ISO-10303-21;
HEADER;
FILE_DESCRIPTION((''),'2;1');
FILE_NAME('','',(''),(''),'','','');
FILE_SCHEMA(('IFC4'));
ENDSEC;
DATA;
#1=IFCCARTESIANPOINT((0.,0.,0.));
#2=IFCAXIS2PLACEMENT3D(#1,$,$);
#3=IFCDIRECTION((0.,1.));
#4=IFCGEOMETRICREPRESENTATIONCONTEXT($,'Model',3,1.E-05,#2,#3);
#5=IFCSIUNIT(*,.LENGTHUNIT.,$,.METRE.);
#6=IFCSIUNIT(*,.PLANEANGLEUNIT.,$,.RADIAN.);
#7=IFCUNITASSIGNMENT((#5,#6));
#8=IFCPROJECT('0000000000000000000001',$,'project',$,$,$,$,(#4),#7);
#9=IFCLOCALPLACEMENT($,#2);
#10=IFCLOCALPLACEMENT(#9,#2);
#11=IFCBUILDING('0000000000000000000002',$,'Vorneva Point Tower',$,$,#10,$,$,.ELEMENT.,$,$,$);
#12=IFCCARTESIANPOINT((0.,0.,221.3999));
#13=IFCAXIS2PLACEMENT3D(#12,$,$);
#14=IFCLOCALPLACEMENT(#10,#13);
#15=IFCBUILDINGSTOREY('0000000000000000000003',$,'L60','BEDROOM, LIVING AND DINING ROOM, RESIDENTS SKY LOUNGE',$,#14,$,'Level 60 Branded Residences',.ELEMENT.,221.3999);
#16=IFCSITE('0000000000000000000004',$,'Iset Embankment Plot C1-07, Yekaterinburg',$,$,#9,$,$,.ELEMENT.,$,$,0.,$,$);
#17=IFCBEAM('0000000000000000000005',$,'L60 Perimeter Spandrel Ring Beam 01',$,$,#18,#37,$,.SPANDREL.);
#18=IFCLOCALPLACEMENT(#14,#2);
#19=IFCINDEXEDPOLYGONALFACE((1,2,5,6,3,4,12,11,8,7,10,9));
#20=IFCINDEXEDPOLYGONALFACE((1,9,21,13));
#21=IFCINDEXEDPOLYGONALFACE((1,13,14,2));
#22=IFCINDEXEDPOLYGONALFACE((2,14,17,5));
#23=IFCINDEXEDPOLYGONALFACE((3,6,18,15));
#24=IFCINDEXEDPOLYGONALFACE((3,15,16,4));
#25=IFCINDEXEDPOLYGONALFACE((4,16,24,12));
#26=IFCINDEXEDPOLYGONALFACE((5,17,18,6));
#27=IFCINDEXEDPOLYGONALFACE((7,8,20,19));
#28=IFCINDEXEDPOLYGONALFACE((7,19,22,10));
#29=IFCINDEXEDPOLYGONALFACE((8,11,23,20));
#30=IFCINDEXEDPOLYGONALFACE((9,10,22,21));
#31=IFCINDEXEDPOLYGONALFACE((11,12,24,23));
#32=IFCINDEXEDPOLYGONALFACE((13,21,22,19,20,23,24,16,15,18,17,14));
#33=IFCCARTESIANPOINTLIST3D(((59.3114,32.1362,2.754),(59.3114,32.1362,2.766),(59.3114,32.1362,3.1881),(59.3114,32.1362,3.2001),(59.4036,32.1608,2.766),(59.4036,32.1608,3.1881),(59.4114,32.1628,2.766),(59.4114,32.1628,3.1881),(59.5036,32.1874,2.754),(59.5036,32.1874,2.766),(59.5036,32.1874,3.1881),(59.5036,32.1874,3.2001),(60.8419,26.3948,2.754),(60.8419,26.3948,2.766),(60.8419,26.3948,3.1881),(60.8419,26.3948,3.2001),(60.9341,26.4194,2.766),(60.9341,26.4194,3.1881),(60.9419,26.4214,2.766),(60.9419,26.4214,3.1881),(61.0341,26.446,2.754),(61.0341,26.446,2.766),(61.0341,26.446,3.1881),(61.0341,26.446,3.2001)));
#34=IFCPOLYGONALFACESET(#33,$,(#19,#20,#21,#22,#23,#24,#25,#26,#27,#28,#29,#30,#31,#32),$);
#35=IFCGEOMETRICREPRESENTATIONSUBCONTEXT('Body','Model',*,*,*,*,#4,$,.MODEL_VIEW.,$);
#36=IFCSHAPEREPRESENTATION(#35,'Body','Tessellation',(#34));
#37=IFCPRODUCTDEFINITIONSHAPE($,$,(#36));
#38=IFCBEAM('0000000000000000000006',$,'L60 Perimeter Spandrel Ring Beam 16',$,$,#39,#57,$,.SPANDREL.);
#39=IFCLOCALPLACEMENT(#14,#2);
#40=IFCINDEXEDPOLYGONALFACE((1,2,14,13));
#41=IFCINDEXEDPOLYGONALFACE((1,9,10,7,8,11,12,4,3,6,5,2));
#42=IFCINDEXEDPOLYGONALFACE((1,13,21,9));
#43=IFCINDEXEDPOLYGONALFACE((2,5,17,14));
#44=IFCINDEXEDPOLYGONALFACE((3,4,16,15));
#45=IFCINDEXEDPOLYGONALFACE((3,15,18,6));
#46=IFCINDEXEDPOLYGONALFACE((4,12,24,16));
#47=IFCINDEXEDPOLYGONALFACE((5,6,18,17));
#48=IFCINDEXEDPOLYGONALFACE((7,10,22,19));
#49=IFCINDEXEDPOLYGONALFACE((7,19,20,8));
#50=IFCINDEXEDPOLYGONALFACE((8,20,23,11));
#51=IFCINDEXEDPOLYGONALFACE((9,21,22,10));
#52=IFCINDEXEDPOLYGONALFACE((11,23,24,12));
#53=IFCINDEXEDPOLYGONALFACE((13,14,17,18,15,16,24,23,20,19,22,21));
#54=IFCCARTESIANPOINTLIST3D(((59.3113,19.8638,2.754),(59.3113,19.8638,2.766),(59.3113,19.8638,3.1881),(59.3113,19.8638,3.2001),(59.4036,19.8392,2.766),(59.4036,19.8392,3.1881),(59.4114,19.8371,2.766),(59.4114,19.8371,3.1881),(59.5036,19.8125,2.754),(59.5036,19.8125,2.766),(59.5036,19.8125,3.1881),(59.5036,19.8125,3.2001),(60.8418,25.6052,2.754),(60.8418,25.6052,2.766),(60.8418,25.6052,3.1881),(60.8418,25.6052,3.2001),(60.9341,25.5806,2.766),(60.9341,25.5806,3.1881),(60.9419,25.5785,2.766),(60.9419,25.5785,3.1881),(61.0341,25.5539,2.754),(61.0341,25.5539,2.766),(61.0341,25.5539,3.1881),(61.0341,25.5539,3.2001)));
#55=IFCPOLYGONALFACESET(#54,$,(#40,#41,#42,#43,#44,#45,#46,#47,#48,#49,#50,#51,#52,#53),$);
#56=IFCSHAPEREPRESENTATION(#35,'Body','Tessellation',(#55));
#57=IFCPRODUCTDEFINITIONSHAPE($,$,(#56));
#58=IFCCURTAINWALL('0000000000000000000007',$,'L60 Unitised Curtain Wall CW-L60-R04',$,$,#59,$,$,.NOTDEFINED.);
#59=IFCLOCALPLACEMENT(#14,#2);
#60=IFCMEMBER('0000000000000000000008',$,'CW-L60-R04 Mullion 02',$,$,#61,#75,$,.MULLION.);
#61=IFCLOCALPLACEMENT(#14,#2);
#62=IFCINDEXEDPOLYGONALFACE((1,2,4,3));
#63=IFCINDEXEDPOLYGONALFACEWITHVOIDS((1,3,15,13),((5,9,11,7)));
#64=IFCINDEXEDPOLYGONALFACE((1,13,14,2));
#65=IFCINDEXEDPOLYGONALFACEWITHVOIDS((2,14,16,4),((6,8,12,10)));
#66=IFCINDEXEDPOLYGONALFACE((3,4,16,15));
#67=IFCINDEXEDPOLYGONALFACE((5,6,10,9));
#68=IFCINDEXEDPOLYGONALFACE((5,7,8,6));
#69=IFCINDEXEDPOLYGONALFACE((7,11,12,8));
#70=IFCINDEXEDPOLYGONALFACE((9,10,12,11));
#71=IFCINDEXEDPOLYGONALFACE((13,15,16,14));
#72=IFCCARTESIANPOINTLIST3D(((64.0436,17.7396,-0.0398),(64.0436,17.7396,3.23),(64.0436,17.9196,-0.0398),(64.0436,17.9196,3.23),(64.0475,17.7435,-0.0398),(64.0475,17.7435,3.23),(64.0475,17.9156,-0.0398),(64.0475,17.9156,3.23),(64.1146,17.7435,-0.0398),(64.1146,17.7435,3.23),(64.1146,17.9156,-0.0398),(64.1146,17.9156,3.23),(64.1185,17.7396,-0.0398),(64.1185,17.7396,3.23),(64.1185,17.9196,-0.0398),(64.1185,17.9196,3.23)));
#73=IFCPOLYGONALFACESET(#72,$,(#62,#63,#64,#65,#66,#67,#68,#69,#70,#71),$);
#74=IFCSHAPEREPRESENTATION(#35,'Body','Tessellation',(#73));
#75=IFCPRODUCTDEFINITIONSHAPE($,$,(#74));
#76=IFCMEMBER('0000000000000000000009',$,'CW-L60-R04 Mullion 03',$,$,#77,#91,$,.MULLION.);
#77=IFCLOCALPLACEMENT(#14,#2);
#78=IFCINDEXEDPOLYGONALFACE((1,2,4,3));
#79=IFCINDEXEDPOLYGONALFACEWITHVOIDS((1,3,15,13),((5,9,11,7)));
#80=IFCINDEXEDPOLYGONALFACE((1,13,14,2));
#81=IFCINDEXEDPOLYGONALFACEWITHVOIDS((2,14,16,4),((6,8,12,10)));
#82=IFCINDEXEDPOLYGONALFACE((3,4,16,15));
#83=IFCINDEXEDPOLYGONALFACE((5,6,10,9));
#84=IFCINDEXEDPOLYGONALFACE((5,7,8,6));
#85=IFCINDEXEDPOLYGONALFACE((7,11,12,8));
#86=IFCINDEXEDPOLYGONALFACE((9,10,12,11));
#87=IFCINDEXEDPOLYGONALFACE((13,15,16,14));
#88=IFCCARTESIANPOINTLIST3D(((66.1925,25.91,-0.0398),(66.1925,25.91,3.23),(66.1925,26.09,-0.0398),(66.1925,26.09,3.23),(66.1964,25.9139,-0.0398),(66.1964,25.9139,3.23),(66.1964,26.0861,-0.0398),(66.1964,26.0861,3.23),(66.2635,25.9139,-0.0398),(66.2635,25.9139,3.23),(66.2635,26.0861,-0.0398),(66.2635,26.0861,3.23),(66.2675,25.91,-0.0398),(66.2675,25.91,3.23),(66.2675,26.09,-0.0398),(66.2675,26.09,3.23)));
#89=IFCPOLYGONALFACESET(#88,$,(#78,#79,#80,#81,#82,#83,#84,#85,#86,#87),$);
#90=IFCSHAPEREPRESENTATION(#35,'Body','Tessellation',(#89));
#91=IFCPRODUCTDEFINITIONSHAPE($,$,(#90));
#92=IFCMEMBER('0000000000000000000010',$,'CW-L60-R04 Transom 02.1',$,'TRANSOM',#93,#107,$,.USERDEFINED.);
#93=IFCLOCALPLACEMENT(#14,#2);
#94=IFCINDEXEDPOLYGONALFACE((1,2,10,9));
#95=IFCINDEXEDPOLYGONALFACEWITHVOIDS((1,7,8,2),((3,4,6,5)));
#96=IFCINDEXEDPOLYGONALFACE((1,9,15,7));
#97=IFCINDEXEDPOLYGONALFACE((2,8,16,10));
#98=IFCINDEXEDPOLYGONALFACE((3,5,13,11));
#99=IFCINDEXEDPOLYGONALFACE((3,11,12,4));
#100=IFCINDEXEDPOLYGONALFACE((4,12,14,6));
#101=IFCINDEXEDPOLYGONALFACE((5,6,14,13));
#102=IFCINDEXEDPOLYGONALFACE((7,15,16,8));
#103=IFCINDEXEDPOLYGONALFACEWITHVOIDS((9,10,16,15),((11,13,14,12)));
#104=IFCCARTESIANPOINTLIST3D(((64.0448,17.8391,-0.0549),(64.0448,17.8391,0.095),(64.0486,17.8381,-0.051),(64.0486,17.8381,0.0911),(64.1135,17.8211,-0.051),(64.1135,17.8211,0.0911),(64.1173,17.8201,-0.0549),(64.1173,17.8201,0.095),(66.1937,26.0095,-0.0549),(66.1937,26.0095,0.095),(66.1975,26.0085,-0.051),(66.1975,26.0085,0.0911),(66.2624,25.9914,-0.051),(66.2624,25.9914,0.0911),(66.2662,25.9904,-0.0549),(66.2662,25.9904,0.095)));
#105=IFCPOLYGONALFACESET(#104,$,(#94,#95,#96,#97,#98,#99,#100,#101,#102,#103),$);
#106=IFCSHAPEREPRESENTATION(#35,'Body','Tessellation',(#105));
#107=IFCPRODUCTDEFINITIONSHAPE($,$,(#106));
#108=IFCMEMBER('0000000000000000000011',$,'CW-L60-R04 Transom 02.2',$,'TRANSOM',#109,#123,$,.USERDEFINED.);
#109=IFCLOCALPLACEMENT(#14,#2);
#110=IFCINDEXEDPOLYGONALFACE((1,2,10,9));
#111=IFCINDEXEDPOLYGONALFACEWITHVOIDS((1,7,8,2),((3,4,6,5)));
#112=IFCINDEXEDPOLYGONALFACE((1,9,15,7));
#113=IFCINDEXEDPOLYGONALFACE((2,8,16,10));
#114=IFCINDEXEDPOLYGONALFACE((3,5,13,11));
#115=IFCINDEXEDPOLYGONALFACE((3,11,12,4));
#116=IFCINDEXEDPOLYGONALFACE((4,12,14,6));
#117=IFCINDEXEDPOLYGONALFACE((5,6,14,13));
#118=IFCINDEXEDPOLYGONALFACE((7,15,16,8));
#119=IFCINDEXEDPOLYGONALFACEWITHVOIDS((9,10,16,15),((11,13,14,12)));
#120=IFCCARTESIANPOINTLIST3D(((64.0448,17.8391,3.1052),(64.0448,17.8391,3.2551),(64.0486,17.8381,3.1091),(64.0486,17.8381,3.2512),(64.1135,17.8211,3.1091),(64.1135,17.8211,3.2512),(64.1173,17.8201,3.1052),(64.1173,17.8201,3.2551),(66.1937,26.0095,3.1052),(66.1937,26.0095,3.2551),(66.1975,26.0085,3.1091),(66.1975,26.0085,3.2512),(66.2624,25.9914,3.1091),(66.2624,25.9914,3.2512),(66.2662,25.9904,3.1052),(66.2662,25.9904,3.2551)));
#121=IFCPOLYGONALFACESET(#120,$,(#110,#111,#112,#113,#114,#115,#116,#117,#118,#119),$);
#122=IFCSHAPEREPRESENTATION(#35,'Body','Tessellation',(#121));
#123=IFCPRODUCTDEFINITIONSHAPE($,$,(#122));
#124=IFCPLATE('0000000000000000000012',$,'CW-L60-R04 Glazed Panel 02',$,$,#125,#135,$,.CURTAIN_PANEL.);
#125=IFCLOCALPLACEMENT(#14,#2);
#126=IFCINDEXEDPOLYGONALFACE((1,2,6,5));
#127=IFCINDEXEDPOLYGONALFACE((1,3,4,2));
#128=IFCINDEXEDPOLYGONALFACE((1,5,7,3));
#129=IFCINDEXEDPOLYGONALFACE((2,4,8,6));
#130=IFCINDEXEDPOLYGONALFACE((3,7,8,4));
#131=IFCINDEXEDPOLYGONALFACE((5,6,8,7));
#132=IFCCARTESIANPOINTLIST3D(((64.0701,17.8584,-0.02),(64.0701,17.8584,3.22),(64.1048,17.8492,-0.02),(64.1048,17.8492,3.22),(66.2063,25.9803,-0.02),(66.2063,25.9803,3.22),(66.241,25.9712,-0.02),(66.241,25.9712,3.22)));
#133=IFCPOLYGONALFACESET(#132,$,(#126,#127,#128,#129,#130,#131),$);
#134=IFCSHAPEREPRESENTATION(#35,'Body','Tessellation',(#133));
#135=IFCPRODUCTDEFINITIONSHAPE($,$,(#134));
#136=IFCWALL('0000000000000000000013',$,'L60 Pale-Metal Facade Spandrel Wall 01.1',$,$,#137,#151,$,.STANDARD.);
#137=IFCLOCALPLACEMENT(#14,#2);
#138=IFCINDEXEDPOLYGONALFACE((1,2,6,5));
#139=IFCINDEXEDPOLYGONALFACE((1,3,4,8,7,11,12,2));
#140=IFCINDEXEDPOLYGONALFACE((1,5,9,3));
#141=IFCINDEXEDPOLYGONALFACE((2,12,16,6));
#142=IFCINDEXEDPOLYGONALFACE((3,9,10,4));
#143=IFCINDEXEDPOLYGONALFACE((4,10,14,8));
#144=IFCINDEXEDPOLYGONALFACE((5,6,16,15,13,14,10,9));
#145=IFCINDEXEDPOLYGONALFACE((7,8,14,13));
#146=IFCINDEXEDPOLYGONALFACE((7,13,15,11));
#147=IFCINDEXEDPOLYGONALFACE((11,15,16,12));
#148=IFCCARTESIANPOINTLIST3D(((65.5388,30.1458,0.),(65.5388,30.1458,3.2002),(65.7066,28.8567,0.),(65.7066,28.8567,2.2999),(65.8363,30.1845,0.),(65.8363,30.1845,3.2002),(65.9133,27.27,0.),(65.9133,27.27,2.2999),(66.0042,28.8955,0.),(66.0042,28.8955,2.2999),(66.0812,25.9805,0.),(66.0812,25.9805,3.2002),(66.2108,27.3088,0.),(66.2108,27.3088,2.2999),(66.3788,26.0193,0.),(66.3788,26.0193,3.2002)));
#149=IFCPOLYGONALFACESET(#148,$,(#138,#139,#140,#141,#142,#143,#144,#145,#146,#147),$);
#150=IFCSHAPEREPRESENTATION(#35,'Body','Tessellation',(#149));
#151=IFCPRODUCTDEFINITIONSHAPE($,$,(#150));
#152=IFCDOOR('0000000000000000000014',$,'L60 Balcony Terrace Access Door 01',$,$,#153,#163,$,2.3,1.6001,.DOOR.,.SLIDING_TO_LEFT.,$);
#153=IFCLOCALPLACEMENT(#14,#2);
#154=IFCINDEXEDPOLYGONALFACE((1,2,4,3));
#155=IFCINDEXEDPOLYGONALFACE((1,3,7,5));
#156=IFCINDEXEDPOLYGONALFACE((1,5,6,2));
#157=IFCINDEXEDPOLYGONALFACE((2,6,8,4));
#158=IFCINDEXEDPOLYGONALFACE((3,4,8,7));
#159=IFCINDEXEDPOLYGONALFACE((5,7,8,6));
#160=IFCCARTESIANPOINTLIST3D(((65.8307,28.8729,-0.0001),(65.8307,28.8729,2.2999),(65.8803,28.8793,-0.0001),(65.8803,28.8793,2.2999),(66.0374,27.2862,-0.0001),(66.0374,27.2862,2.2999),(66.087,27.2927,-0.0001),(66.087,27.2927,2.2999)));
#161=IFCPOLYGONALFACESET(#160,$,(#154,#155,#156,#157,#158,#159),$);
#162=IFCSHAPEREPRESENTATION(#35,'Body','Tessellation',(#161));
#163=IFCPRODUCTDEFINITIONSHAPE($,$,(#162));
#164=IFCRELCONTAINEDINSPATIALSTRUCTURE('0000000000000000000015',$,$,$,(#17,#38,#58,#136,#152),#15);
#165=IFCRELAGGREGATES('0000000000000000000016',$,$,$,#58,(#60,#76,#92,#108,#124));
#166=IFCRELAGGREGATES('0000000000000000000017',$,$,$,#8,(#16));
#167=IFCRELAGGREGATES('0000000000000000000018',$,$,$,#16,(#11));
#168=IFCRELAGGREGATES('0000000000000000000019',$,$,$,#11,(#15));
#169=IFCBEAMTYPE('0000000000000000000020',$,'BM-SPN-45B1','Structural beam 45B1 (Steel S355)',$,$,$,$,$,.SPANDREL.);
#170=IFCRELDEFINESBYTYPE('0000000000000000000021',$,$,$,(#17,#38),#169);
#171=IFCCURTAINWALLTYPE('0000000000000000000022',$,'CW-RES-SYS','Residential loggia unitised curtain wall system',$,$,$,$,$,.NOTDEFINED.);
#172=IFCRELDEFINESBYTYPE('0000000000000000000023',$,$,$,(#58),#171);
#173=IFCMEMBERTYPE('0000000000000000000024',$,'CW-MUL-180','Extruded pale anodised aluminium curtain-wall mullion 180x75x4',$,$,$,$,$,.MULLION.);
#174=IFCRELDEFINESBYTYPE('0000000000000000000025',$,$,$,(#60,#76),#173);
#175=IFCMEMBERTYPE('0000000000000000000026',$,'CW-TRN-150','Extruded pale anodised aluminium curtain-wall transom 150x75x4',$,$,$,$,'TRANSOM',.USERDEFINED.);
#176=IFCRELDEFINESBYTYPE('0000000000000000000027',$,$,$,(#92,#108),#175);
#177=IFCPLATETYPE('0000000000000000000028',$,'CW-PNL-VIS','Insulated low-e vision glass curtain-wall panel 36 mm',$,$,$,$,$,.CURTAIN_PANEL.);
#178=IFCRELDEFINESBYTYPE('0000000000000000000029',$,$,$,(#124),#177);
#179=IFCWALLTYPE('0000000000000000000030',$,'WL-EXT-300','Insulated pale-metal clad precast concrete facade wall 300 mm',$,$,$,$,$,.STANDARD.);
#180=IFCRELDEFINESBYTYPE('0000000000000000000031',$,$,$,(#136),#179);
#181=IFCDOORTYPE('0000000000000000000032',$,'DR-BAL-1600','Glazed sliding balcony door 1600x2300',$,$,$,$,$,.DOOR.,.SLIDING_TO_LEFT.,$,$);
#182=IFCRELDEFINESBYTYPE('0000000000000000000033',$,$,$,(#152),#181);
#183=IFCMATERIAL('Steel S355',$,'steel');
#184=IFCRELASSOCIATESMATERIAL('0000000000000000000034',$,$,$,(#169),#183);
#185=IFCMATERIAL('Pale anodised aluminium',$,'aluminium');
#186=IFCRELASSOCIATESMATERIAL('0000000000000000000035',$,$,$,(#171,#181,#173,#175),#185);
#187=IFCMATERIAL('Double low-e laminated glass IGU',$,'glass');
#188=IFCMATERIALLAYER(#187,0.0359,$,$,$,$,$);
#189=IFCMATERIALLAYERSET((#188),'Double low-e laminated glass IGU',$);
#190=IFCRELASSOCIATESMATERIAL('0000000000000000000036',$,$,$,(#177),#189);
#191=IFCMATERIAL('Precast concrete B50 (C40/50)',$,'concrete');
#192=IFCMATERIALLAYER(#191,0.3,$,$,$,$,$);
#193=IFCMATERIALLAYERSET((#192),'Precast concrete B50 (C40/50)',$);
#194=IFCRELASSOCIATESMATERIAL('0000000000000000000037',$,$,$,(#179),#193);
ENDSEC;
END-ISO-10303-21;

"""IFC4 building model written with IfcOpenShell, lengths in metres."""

from ifc_helpers import new_model, si_unit, direction, frame, frame_2d, origin, origin_2d, place, context, subcontext, project, spatial, rectangle, hollow_rectangle, i_section, extrude, material, layer, layer_set, material_profile, profile_set, type_object, element, fill, aggregate, save


model = new_model("IFC4")

# Units and contexts
model_context = context("Model", 3, precision=1e-05, world=origin(), true_north=direction((0.0, 1.0)))
body_context = subcontext(model_context, "Body", "Model", "MODEL_VIEW")
ifc_project = project(units=[si_unit("LENGTHUNIT", "METRE"), si_unit("PLANEANGLEUNIT", "RADIAN")], contexts=[model_context])

# Site, building, storey
site_placement = place(None, origin())
site = spatial("IfcSite", under=ifc_project, at=site_placement, Name="Iset Embankment Plot C1-07, Yekaterinburg", CompositionType="ELEMENT", RefElevation=0.0)
building_placement = place(site_placement, origin())
building = spatial("IfcBuilding", under=site, at=building_placement, Name="Vorneva Point Tower", CompositionType="ELEMENT")
storey_placement = place(building_placement, frame((0.0, 0.0, 221.3999)))
storey = spatial("IfcBuildingStorey", under=building, at=storey_placement, Name="L60", Description="BEDROOM, LIVING AND DINING ROOM, RESIDENTS SKY LOUNGE", LongName="Level 60 Branded Residences", CompositionType="ELEMENT", Elevation=221.3999)

# Beams
ifc_material_1 = material(Name="Steel S355", Category="steel")
ifc_material_profile_1 = material_profile(ifc_material_1, i_section(OverallWidth=0.199, OverallDepth=0.446, WebThickness=0.0081, FlangeThickness=0.012, at=origin_2d()), Name="45B1")
ifc_profile_set_1 = profile_set([ifc_material_profile_1], Name="Steel S355")
beam_type_1 = type_object("IfcBeamType", Name="BM-SPN-45B1", Description="Structural beam 45B1 (Steel S355)", PredefinedType="SPANDREL", material=ifc_profile_set_1)
for number, where, z_axis, x_axis, name in (
    (1, (60.938, 26.4204, 2.9771), (-0.257578, 0.966257, 0.0), (-0.966257, -0.257578, 0.0), "L60 Perimeter Spandrel Ring Beam 01"),
    (2, (59.4075, 19.8381, 2.9771), (0.257578, 0.966257, 0.0), (-0.966257, 0.257578, 0.0), "L60 Perimeter Spandrel Ring Beam 16"),
):
    element("IfcBeam", number, at=place(storey_placement, frame(where, z_axis=z_axis, x_axis=x_axis)), inside=storey, type_object=beam_type_1, Name=name, PredefinedType="SPANDREL", context=body_context, shape_type="SweptSolid", body=[
        extrude(i_section(OverallWidth=0.199, OverallDepth=0.446, WebThickness=0.0081, FlangeThickness=0.012, at=origin_2d()), origin(), (0.0, 0.0, 1.0), 5.9419),
    ])

# Curtain wall, members, plate
ifc_material_2 = material(Name="Pale anodised aluminium", Category="aluminium")
curtain_wall_type = type_object("IfcCurtainWallType", Name="CW-RES-SYS", Description="Residential loggia unitised curtain wall system", PredefinedType="NOTDEFINED", material=ifc_material_2)
curtain_wall_placement = place(storey_placement, origin())
curtain_wall = element("IfcCurtainWall", 3, at=curtain_wall_placement, inside=storey, type_object=curtain_wall_type, Name="L60 Unitised Curtain Wall CW-L60-R04", PredefinedType="NOTDEFINED")
ifc_material_profile_2 = material_profile(ifc_material_2, hollow_rectangle(XDim=0.075, YDim=0.1799, WallThickness=0.0039, at=origin_2d()), Name="AL-MUL 180x75x4")
ifc_profile_set_2 = profile_set([ifc_material_profile_2], Name="Pale anodised aluminium")
member_type_1 = type_object("IfcMemberType", Name="CW-MUL-180", Description="Extruded pale anodised aluminium curtain-wall mullion 180x75x4", PredefinedType="MULLION", material=ifc_profile_set_2)
member_1_placement = place(storey_placement, frame((64.0811, 17.8296, -0.0398), z_axis=(0.0, 0.0, 1.0), x_axis=(1.0, 0.0, 0.0)))
member_1 = element("IfcMember", 4, at=member_1_placement, type_object=member_type_1, Name="CW-L60-R04 Mullion 02", PredefinedType="MULLION", context=body_context, shape_type="SweptSolid", body=[
    extrude(hollow_rectangle(XDim=0.075, YDim=0.1799, WallThickness=0.0039, at=origin_2d()), origin(), (0.0, 0.0, 1.0), 3.2698),
])
member_2_placement = place(storey_placement, frame((66.23, 26.0, -0.0398), z_axis=(0.0, 0.0, 1.0), x_axis=(1.0, 0.0, 0.0)))
member_2 = element("IfcMember", 5, at=member_2_placement, type_object=member_type_1, Name="CW-L60-R04 Mullion 03", PredefinedType="MULLION", context=body_context, shape_type="SweptSolid", body=[
    extrude(hollow_rectangle(XDim=0.075, YDim=0.1799, WallThickness=0.0039, at=origin_2d()), origin(), (0.0, 0.0, 1.0), 3.2698),
])
ifc_material_profile_3 = material_profile(ifc_material_2, hollow_rectangle(XDim=0.075, YDim=0.1499, WallThickness=0.0039, at=origin_2d()), Name="AL-TRN 150x75x4")
ifc_profile_set_3 = profile_set([ifc_material_profile_3], Name="Pale anodised aluminium")
member_type_2 = type_object("IfcMemberType", Name="CW-TRN-150", Description="Extruded pale anodised aluminium curtain-wall transom 150x75x4", ElementType="TRANSOM", PredefinedType="USERDEFINED", material=ifc_profile_set_3)
member_3_placement = place(storey_placement, frame((64.0811, 17.8296, 0.02), z_axis=(0.254362, 0.967109, 0.0), x_axis=(-0.967109, 0.254362, 0.0)))
member_3 = element("IfcMember", 6, at=member_3_placement, type_object=member_type_2, Name="CW-L60-R04 Transom 02.1", ObjectType="TRANSOM", PredefinedType="USERDEFINED", context=body_context, shape_type="SweptSolid", body=[
    extrude(hollow_rectangle(XDim=0.075, YDim=0.1499, WallThickness=0.0039, at=origin_2d()), origin(), (0.0, 0.0, 1.0), 8.4482),
])
member_4_placement = place(storey_placement, frame((64.0811, 17.8296, 3.1802), z_axis=(0.254362, 0.967109, 0.0), x_axis=(-0.967109, 0.254362, 0.0)))
member_4 = element("IfcMember", 7, at=member_4_placement, type_object=member_type_2, Name="CW-L60-R04 Transom 02.2", ObjectType="TRANSOM", PredefinedType="USERDEFINED", context=body_context, shape_type="SweptSolid", body=[
    extrude(hollow_rectangle(XDim=0.075, YDim=0.1499, WallThickness=0.0039, at=origin_2d()), origin(), (0.0, 0.0, 1.0), 8.4482),
])
ifc_material_3 = material(Name="Double low-e laminated glass IGU", Category="glass")
ifc_layer_1 = layer(ifc_material_3, 0.0359)
ifc_layer_set_1 = layer_set([ifc_layer_1], Name="Double low-e laminated glass IGU")
plate_type = type_object("IfcPlateType", Name="CW-PNL-VIS", Description="Insulated low-e vision glass curtain-wall panel 36 mm", PredefinedType="CURTAIN_PANEL", material=ifc_layer_set_1)
plate_placement = place(storey_placement, frame((65.1555, 21.9148, -0.02), z_axis=(0.0, 0.0, 1.0), x_axis=(0.254366, 0.967108, 0.0)))
plate = element("IfcPlate", 8, at=plate_placement, type_object=plate_type, Name="CW-L60-R04 Glazed Panel 02", PredefinedType="CURTAIN_PANEL", context=body_context, shape_type="SweptSolid", body=[
    extrude(rectangle(XDim=8.3982, YDim=0.0359, at=origin_2d()), origin(), (0.0, 0.0, 1.0), 3.24),
])
aggregate(curtain_wall, [member_1, member_2, member_3, member_4, plate])

# Wall, opening, door
ifc_material_4 = material(Name="Precast concrete B50 (C40/50)", Category="concrete")
ifc_layer_2 = layer(ifc_material_4, 0.3)
ifc_layer_set_2 = layer_set([ifc_layer_2], Name="Precast concrete B50 (C40/50)")
wall_type_1 = type_object("IfcWallType", Name="WL-EXT-300", Description="Insulated pale-metal clad precast concrete facade wall 300 mm", PredefinedType="STANDARD", material=ifc_layer_set_2)
wall_1_placement = place(storey_placement, frame((66.23, 26.0, 0.0), z_axis=(0.0, 0.0, 1.0), x_axis=(-0.129148, 0.991625, 0.0)))
wall_1 = element("IfcWall", 9, at=wall_1_placement, inside=storey, type_object=wall_type_1, Name="L60 Pale-Metal Facade Spandrel Wall 01.1", PredefinedType="STANDARD", context=body_context, shape_type="SweptSolid", body=[
    extrude(rectangle(XDim=4.2004, YDim=0.3, at=frame_2d((2.1001, 0.0))), origin(), (0.0, 0.0, 1.0), 3.2002),
])
opening_1_placement = place(wall_1_placement, frame((1.3003, 0.0, 0.0)))
opening_1 = element("IfcOpeningElement", 10, at=opening_1_placement, cuts=wall_1, PredefinedType="OPENING", context=body_context, shape_type="SweptSolid", body=[
    extrude(rectangle(XDim=1.6001, YDim=2.3, at=frame_2d((0.8, 1.1499))), frame((0.0, 0.165, 0.0), z_axis=(0.0, -1.0, 0.0), x_axis=(1.0, 0.0, 0.0)), (0.0, 0.0, 1.0), 0.3298),
])
door_type_1 = type_object("IfcDoorType", Name="DR-BAL-1600", Description="Glazed sliding balcony door 1600x2300", OperationType="SLIDING_TO_LEFT", PredefinedType="DOOR", material=ifc_material_2)
door_1_placement = place(opening_1_placement, origin())
door_1 = element("IfcDoor", 11, at=door_1_placement, inside=storey, type_object=door_type_1, Name="L60 Balcony Terrace Access Door 01", OperationType="SLIDING_TO_LEFT", OverallHeight=2.3, OverallWidth=1.6001, PredefinedType="DOOR", context=body_context, shape_type="SweptSolid", body=[
    extrude(rectangle(XDim=1.6001, YDim=2.3, at=frame_2d((0.8, 1.1499))), frame((0.0, 0.0249, 0.0), z_axis=(0.0, -1.0, 0.0), x_axis=(1.0, 0.0, 0.0)), (0.0, 0.0, 1.0), 0.05),
])
fill(opening_1, door_1)

save(model, "model.ifc")
